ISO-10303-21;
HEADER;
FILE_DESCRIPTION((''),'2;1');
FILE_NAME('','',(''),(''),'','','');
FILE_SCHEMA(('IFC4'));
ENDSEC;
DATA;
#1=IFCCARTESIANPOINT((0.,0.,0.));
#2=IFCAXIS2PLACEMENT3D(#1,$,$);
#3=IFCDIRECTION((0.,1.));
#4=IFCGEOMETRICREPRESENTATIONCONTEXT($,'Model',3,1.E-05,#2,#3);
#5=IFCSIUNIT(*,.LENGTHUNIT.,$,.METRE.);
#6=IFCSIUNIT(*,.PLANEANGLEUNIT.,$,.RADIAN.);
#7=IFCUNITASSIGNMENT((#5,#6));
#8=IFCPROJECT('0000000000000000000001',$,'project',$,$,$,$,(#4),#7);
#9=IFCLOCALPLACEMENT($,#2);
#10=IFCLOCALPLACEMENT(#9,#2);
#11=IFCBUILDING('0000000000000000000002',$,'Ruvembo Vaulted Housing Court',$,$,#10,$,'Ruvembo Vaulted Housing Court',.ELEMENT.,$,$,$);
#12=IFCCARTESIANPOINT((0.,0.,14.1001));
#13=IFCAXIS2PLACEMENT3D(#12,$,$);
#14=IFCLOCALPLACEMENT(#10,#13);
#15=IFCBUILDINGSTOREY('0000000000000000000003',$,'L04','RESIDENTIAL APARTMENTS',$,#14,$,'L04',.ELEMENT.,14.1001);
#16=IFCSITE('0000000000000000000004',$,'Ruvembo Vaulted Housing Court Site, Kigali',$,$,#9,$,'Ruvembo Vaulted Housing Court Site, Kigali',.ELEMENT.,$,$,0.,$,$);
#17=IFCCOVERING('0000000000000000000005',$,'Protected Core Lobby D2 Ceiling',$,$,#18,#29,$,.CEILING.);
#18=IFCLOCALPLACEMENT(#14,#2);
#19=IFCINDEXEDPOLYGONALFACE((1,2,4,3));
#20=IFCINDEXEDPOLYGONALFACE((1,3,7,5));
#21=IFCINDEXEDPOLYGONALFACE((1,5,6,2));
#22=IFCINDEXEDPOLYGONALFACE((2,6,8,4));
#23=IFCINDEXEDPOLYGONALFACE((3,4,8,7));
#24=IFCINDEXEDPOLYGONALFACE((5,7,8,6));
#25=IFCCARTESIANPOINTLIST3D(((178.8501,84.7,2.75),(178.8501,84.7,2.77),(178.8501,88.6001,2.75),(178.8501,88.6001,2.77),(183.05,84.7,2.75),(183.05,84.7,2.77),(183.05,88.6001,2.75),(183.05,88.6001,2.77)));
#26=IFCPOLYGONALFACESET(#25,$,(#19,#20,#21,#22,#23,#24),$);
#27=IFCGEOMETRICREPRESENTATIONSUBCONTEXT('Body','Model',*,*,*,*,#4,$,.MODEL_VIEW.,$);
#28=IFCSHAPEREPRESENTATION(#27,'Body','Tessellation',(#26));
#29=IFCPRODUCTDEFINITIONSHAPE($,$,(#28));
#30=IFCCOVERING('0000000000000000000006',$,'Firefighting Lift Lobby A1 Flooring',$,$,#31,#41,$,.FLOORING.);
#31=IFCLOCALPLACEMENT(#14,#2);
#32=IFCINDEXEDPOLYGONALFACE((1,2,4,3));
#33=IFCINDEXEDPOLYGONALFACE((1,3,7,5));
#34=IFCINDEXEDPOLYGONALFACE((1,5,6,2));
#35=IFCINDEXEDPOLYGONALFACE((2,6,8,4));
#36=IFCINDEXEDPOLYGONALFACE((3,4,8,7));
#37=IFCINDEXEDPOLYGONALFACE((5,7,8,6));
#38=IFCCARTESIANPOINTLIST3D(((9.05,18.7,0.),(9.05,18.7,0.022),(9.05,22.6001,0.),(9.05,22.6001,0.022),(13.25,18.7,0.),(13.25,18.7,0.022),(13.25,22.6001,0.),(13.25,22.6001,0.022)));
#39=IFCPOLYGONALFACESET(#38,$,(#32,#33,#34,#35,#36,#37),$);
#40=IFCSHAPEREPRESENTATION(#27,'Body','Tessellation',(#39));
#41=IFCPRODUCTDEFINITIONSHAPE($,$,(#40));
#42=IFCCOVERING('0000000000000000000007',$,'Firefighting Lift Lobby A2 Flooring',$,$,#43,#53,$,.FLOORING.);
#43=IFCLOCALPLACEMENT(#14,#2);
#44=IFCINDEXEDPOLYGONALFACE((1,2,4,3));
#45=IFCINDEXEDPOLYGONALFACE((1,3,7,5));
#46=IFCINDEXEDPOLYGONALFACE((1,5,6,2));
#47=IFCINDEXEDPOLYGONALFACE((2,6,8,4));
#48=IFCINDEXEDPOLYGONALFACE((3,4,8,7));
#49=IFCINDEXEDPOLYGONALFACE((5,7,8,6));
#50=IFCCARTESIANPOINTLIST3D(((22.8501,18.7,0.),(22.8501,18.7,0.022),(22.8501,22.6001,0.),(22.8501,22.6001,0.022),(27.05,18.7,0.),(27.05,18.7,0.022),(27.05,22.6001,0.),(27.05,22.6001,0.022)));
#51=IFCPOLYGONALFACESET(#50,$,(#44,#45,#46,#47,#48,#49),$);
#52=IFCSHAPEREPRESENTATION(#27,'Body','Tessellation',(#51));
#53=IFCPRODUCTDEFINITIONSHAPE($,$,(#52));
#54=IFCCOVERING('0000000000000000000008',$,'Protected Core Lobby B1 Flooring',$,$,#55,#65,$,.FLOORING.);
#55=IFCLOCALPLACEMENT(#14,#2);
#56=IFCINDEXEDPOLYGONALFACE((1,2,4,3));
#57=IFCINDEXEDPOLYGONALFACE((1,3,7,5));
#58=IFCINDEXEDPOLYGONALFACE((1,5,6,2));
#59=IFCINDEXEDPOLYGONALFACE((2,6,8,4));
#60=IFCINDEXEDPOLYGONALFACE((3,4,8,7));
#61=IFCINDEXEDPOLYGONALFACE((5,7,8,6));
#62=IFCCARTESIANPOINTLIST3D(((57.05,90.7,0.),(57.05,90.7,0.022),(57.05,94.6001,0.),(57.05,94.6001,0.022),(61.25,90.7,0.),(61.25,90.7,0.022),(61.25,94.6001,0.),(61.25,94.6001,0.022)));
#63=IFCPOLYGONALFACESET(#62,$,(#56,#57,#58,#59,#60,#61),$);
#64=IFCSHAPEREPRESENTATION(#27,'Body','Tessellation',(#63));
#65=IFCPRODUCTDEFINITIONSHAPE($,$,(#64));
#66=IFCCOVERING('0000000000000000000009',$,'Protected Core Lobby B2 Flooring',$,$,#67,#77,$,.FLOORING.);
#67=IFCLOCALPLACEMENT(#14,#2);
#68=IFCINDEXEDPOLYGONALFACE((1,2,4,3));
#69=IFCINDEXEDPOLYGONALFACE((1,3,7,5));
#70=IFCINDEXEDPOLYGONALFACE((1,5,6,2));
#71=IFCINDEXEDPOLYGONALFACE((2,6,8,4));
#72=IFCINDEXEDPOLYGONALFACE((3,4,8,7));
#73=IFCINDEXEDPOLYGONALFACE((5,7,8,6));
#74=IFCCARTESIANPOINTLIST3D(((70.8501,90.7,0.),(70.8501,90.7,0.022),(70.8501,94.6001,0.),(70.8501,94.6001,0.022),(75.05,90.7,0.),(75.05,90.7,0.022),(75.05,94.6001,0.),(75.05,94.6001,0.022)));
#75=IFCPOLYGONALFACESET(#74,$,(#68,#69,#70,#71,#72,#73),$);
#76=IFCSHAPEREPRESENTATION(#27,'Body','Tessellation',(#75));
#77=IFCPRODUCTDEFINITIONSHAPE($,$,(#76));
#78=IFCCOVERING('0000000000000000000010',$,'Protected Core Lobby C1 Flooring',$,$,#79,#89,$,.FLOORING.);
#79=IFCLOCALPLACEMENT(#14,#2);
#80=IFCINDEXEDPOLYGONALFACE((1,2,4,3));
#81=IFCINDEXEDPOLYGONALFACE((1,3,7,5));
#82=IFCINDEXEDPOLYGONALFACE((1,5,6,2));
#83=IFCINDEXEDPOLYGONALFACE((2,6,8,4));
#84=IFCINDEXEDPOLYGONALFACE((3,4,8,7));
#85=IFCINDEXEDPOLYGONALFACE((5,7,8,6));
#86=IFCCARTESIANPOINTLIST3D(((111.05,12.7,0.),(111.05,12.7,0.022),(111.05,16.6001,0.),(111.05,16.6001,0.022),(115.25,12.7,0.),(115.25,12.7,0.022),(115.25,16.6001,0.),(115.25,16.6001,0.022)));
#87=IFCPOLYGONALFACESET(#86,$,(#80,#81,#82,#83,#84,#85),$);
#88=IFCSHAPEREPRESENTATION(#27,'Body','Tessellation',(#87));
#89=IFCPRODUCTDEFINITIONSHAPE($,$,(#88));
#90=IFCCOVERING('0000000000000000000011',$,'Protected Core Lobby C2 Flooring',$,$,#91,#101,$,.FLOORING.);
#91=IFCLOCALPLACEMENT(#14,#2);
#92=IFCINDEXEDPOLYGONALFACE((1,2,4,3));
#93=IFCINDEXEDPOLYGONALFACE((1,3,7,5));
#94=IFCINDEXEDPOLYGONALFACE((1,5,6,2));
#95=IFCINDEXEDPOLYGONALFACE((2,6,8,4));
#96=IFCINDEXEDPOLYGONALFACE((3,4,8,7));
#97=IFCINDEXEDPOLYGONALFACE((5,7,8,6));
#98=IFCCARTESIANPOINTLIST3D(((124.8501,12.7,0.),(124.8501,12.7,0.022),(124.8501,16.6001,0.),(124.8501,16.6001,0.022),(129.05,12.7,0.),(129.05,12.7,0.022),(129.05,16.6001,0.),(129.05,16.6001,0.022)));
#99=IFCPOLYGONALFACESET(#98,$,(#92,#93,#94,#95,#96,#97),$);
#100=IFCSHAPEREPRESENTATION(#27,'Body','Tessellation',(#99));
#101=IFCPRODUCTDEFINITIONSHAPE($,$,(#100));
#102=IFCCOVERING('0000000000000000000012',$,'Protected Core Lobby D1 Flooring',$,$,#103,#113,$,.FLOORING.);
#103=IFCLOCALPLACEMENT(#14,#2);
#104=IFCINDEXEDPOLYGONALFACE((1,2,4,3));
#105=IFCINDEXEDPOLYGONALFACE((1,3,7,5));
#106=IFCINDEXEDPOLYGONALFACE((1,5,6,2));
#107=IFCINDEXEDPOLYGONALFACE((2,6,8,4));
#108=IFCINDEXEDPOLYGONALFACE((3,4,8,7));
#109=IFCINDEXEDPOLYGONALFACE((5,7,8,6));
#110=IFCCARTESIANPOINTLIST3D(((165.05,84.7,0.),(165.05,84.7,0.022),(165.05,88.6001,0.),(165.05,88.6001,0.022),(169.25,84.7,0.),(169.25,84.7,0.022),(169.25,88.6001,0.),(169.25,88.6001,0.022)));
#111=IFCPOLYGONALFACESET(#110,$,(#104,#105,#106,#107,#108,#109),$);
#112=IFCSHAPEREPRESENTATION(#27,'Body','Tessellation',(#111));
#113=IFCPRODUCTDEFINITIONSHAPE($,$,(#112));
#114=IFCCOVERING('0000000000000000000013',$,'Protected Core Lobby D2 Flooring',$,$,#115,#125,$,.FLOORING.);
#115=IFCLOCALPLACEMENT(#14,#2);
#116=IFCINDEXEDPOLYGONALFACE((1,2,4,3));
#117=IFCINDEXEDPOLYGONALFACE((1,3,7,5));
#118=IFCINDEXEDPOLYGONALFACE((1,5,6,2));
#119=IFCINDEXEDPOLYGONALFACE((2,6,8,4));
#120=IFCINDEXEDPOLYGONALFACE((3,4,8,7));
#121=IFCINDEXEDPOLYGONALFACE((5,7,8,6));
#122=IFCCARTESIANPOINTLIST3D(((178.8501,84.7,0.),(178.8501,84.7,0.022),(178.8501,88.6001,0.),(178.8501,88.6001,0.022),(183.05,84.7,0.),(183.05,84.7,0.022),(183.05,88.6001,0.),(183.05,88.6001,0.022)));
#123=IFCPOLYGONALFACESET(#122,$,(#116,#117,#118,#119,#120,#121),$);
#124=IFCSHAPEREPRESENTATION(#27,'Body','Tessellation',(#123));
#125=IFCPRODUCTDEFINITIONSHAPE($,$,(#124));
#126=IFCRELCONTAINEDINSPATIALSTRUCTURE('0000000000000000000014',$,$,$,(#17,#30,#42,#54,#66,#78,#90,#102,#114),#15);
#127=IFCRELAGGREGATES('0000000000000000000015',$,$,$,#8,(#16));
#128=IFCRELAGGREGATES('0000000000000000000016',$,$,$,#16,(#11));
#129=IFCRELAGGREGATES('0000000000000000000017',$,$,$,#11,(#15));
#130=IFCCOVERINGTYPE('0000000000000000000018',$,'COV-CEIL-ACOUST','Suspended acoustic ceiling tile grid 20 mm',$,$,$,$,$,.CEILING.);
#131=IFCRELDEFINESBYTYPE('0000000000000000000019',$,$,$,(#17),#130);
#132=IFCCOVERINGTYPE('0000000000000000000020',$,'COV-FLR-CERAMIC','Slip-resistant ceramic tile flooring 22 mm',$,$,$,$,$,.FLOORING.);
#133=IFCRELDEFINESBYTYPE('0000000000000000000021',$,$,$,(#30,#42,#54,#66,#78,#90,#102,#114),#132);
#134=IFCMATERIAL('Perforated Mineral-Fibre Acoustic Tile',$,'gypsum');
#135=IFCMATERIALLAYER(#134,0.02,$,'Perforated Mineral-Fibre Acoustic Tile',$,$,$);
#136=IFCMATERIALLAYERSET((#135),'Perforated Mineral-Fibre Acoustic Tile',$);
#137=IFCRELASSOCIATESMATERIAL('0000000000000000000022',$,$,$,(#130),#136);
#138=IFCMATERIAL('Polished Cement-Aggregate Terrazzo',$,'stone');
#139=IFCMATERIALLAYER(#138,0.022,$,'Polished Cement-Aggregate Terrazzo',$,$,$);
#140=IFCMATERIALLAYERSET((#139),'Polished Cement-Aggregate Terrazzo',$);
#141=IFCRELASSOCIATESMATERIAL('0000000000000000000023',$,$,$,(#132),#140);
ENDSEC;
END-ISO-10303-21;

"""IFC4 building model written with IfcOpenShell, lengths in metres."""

from ifc_helpers import new_model, si_unit, direction, frame, origin, place, context, subcontext, project, spatial, polyline, outline, extrude, material, layer, layer_set, type_object, element, save


model = new_model("IFC4")

# Units and contexts
model_context = context("Model", 3, precision=1e-05, world=origin(), true_north=direction((0.0, 1.0)))
body_context = subcontext(model_context, "Body", "Model", "MODEL_VIEW")
ifc_project = project(units=[si_unit("LENGTHUNIT", "METRE"), si_unit("PLANEANGLEUNIT", "RADIAN")], contexts=[model_context])

# Site, building, storey
site_placement = place(None, origin())
site = spatial("IfcSite", under=ifc_project, at=site_placement, Name="Ruvembo Vaulted Housing Court Site, Kigali", LongName="Ruvembo Vaulted Housing Court Site, Kigali", CompositionType="ELEMENT", RefElevation=0.0)
building_placement = place(site_placement, origin())
building = spatial("IfcBuilding", under=site, at=building_placement, Name="Ruvembo Vaulted Housing Court", LongName="Ruvembo Vaulted Housing Court", CompositionType="ELEMENT")
storey_placement = place(building_placement, frame((0.0, 0.0, 14.1001)))
storey = spatial("IfcBuildingStorey", under=building, at=storey_placement, Name="L04", Description="RESIDENTIAL APARTMENTS", LongName="L04", CompositionType="ELEMENT", Elevation=14.1001)

# Coverings
ifc_material_1 = material(Name="Perforated Mineral-Fibre Acoustic Tile", Category="gypsum")
ifc_layer_1 = layer(ifc_material_1, 0.02, Name="Perforated Mineral-Fibre Acoustic Tile")
ifc_layer_set_1 = layer_set([ifc_layer_1], Name="Perforated Mineral-Fibre Acoustic Tile")
covering_type_1 = type_object("IfcCoveringType", Name="COV-CEIL-ACOUST", Description="Suspended acoustic ceiling tile grid 20 mm", PredefinedType="CEILING", material=ifc_layer_set_1)
covering_1_placement = place(storey_placement, frame((0.0, 0.0, 2.75)))
element("IfcCovering", 1, at=covering_1_placement, inside=storey, type_object=covering_type_1, Name="Protected Core Lobby D2 Ceiling", PredefinedType="CEILING", context=body_context, shape_type="SweptSolid", body=[
    extrude(outline(polyline([(183.05, 88.6001), (178.8501, 88.6001), (178.8501, 84.7), (183.05, 84.7), (183.05, 88.6001)])), origin(), (0.0, 0.0, 1.0), 0.02),
])
ifc_material_2 = material(Name="Polished Cement-Aggregate Terrazzo", Category="stone")
ifc_layer_2 = layer(ifc_material_2, 0.022, Name="Polished Cement-Aggregate Terrazzo")
ifc_layer_set_2 = layer_set([ifc_layer_2], Name="Polished Cement-Aggregate Terrazzo")
covering_type_2 = type_object("IfcCoveringType", Name="COV-FLR-CERAMIC", Description="Slip-resistant ceramic tile flooring 22 mm", PredefinedType="FLOORING", material=ifc_layer_set_2)
covering_2_placement = place(storey_placement, origin())
element("IfcCovering", 2, at=covering_2_placement, inside=storey, type_object=covering_type_2, Name="Firefighting Lift Lobby A1 Flooring", PredefinedType="FLOORING", context=body_context, shape_type="SweptSolid", body=[
    extrude(outline(polyline([(13.25, 22.6001), (9.05, 22.6001), (9.05, 18.7), (13.25, 18.7), (13.25, 22.6001)])), origin(), (0.0, 0.0, 1.0), 0.022),
])
covering_3_placement = place(storey_placement, origin())
element("IfcCovering", 3, at=covering_3_placement, inside=storey, type_object=covering_type_2, Name="Firefighting Lift Lobby A2 Flooring", PredefinedType="FLOORING", context=body_context, shape_type="SweptSolid", body=[
    extrude(outline(polyline([(27.05, 22.6001), (22.8501, 22.6001), (22.8501, 18.7), (27.05, 18.7), (27.05, 22.6001)])), origin(), (0.0, 0.0, 1.0), 0.022),
])
covering_4_placement = place(storey_placement, origin())
element("IfcCovering", 4, at=covering_4_placement, inside=storey, type_object=covering_type_2, Name="Protected Core Lobby B1 Flooring", PredefinedType="FLOORING", context=body_context, shape_type="SweptSolid", body=[
    extrude(outline(polyline([(61.25, 94.6001), (57.05, 94.6001), (57.05, 90.7), (61.25, 90.7), (61.25, 94.6001)])), origin(), (0.0, 0.0, 1.0), 0.022),
])
covering_5_placement = place(storey_placement, origin())
element("IfcCovering", 5, at=covering_5_placement, inside=storey, type_object=covering_type_2, Name="Protected Core Lobby B2 Flooring", PredefinedType="FLOORING", context=body_context, shape_type="SweptSolid", body=[
    extrude(outline(polyline([(75.05, 94.6001), (70.8501, 94.6001), (70.8501, 90.7), (75.05, 90.7), (75.05, 94.6001)])), origin(), (0.0, 0.0, 1.0), 0.022),
])
covering_6_placement = place(storey_placement, origin())
element("IfcCovering", 6, at=covering_6_placement, inside=storey, type_object=covering_type_2, Name="Protected Core Lobby C1 Flooring", PredefinedType="FLOORING", context=body_context, shape_type="SweptSolid", body=[
    extrude(outline(polyline([(115.25, 16.6001), (111.05, 16.6001), (111.05, 12.7), (115.25, 12.7), (115.25, 16.6001)])), origin(), (0.0, 0.0, 1.0), 0.022),
])
covering_7_placement = place(storey_placement, origin())
element("IfcCovering", 7, at=covering_7_placement, inside=storey, type_object=covering_type_2, Name="Protected Core Lobby C2 Flooring", PredefinedType="FLOORING", context=body_context, shape_type="SweptSolid", body=[
    extrude(outline(polyline([(129.05, 16.6001), (124.8501, 16.6001), (124.8501, 12.7), (129.05, 12.7), (129.05, 16.6001)])), origin(), (0.0, 0.0, 1.0), 0.022),
])
covering_8_placement = place(storey_placement, origin())
element("IfcCovering", 8, at=covering_8_placement, inside=storey, type_object=covering_type_2, Name="Protected Core Lobby D1 Flooring", PredefinedType="FLOORING", context=body_context, shape_type="SweptSolid", body=[
    extrude(outline(polyline([(169.25, 88.6001), (165.05, 88.6001), (165.05, 84.7), (169.25, 84.7), (169.25, 88.6001)])), origin(), (0.0, 0.0, 1.0), 0.022),
])
covering_9_placement = place(storey_placement, origin())
element("IfcCovering", 9, at=covering_9_placement, inside=storey, type_object=covering_type_2, Name="Protected Core Lobby D2 Flooring", PredefinedType="FLOORING", context=body_context, shape_type="SweptSolid", body=[
    extrude(outline(polyline([(183.05, 88.6001), (178.8501, 88.6001), (178.8501, 84.7), (183.05, 84.7), (183.05, 88.6001)])), origin(), (0.0, 0.0, 1.0), 0.022),
])

save(model, "model.ifc")
